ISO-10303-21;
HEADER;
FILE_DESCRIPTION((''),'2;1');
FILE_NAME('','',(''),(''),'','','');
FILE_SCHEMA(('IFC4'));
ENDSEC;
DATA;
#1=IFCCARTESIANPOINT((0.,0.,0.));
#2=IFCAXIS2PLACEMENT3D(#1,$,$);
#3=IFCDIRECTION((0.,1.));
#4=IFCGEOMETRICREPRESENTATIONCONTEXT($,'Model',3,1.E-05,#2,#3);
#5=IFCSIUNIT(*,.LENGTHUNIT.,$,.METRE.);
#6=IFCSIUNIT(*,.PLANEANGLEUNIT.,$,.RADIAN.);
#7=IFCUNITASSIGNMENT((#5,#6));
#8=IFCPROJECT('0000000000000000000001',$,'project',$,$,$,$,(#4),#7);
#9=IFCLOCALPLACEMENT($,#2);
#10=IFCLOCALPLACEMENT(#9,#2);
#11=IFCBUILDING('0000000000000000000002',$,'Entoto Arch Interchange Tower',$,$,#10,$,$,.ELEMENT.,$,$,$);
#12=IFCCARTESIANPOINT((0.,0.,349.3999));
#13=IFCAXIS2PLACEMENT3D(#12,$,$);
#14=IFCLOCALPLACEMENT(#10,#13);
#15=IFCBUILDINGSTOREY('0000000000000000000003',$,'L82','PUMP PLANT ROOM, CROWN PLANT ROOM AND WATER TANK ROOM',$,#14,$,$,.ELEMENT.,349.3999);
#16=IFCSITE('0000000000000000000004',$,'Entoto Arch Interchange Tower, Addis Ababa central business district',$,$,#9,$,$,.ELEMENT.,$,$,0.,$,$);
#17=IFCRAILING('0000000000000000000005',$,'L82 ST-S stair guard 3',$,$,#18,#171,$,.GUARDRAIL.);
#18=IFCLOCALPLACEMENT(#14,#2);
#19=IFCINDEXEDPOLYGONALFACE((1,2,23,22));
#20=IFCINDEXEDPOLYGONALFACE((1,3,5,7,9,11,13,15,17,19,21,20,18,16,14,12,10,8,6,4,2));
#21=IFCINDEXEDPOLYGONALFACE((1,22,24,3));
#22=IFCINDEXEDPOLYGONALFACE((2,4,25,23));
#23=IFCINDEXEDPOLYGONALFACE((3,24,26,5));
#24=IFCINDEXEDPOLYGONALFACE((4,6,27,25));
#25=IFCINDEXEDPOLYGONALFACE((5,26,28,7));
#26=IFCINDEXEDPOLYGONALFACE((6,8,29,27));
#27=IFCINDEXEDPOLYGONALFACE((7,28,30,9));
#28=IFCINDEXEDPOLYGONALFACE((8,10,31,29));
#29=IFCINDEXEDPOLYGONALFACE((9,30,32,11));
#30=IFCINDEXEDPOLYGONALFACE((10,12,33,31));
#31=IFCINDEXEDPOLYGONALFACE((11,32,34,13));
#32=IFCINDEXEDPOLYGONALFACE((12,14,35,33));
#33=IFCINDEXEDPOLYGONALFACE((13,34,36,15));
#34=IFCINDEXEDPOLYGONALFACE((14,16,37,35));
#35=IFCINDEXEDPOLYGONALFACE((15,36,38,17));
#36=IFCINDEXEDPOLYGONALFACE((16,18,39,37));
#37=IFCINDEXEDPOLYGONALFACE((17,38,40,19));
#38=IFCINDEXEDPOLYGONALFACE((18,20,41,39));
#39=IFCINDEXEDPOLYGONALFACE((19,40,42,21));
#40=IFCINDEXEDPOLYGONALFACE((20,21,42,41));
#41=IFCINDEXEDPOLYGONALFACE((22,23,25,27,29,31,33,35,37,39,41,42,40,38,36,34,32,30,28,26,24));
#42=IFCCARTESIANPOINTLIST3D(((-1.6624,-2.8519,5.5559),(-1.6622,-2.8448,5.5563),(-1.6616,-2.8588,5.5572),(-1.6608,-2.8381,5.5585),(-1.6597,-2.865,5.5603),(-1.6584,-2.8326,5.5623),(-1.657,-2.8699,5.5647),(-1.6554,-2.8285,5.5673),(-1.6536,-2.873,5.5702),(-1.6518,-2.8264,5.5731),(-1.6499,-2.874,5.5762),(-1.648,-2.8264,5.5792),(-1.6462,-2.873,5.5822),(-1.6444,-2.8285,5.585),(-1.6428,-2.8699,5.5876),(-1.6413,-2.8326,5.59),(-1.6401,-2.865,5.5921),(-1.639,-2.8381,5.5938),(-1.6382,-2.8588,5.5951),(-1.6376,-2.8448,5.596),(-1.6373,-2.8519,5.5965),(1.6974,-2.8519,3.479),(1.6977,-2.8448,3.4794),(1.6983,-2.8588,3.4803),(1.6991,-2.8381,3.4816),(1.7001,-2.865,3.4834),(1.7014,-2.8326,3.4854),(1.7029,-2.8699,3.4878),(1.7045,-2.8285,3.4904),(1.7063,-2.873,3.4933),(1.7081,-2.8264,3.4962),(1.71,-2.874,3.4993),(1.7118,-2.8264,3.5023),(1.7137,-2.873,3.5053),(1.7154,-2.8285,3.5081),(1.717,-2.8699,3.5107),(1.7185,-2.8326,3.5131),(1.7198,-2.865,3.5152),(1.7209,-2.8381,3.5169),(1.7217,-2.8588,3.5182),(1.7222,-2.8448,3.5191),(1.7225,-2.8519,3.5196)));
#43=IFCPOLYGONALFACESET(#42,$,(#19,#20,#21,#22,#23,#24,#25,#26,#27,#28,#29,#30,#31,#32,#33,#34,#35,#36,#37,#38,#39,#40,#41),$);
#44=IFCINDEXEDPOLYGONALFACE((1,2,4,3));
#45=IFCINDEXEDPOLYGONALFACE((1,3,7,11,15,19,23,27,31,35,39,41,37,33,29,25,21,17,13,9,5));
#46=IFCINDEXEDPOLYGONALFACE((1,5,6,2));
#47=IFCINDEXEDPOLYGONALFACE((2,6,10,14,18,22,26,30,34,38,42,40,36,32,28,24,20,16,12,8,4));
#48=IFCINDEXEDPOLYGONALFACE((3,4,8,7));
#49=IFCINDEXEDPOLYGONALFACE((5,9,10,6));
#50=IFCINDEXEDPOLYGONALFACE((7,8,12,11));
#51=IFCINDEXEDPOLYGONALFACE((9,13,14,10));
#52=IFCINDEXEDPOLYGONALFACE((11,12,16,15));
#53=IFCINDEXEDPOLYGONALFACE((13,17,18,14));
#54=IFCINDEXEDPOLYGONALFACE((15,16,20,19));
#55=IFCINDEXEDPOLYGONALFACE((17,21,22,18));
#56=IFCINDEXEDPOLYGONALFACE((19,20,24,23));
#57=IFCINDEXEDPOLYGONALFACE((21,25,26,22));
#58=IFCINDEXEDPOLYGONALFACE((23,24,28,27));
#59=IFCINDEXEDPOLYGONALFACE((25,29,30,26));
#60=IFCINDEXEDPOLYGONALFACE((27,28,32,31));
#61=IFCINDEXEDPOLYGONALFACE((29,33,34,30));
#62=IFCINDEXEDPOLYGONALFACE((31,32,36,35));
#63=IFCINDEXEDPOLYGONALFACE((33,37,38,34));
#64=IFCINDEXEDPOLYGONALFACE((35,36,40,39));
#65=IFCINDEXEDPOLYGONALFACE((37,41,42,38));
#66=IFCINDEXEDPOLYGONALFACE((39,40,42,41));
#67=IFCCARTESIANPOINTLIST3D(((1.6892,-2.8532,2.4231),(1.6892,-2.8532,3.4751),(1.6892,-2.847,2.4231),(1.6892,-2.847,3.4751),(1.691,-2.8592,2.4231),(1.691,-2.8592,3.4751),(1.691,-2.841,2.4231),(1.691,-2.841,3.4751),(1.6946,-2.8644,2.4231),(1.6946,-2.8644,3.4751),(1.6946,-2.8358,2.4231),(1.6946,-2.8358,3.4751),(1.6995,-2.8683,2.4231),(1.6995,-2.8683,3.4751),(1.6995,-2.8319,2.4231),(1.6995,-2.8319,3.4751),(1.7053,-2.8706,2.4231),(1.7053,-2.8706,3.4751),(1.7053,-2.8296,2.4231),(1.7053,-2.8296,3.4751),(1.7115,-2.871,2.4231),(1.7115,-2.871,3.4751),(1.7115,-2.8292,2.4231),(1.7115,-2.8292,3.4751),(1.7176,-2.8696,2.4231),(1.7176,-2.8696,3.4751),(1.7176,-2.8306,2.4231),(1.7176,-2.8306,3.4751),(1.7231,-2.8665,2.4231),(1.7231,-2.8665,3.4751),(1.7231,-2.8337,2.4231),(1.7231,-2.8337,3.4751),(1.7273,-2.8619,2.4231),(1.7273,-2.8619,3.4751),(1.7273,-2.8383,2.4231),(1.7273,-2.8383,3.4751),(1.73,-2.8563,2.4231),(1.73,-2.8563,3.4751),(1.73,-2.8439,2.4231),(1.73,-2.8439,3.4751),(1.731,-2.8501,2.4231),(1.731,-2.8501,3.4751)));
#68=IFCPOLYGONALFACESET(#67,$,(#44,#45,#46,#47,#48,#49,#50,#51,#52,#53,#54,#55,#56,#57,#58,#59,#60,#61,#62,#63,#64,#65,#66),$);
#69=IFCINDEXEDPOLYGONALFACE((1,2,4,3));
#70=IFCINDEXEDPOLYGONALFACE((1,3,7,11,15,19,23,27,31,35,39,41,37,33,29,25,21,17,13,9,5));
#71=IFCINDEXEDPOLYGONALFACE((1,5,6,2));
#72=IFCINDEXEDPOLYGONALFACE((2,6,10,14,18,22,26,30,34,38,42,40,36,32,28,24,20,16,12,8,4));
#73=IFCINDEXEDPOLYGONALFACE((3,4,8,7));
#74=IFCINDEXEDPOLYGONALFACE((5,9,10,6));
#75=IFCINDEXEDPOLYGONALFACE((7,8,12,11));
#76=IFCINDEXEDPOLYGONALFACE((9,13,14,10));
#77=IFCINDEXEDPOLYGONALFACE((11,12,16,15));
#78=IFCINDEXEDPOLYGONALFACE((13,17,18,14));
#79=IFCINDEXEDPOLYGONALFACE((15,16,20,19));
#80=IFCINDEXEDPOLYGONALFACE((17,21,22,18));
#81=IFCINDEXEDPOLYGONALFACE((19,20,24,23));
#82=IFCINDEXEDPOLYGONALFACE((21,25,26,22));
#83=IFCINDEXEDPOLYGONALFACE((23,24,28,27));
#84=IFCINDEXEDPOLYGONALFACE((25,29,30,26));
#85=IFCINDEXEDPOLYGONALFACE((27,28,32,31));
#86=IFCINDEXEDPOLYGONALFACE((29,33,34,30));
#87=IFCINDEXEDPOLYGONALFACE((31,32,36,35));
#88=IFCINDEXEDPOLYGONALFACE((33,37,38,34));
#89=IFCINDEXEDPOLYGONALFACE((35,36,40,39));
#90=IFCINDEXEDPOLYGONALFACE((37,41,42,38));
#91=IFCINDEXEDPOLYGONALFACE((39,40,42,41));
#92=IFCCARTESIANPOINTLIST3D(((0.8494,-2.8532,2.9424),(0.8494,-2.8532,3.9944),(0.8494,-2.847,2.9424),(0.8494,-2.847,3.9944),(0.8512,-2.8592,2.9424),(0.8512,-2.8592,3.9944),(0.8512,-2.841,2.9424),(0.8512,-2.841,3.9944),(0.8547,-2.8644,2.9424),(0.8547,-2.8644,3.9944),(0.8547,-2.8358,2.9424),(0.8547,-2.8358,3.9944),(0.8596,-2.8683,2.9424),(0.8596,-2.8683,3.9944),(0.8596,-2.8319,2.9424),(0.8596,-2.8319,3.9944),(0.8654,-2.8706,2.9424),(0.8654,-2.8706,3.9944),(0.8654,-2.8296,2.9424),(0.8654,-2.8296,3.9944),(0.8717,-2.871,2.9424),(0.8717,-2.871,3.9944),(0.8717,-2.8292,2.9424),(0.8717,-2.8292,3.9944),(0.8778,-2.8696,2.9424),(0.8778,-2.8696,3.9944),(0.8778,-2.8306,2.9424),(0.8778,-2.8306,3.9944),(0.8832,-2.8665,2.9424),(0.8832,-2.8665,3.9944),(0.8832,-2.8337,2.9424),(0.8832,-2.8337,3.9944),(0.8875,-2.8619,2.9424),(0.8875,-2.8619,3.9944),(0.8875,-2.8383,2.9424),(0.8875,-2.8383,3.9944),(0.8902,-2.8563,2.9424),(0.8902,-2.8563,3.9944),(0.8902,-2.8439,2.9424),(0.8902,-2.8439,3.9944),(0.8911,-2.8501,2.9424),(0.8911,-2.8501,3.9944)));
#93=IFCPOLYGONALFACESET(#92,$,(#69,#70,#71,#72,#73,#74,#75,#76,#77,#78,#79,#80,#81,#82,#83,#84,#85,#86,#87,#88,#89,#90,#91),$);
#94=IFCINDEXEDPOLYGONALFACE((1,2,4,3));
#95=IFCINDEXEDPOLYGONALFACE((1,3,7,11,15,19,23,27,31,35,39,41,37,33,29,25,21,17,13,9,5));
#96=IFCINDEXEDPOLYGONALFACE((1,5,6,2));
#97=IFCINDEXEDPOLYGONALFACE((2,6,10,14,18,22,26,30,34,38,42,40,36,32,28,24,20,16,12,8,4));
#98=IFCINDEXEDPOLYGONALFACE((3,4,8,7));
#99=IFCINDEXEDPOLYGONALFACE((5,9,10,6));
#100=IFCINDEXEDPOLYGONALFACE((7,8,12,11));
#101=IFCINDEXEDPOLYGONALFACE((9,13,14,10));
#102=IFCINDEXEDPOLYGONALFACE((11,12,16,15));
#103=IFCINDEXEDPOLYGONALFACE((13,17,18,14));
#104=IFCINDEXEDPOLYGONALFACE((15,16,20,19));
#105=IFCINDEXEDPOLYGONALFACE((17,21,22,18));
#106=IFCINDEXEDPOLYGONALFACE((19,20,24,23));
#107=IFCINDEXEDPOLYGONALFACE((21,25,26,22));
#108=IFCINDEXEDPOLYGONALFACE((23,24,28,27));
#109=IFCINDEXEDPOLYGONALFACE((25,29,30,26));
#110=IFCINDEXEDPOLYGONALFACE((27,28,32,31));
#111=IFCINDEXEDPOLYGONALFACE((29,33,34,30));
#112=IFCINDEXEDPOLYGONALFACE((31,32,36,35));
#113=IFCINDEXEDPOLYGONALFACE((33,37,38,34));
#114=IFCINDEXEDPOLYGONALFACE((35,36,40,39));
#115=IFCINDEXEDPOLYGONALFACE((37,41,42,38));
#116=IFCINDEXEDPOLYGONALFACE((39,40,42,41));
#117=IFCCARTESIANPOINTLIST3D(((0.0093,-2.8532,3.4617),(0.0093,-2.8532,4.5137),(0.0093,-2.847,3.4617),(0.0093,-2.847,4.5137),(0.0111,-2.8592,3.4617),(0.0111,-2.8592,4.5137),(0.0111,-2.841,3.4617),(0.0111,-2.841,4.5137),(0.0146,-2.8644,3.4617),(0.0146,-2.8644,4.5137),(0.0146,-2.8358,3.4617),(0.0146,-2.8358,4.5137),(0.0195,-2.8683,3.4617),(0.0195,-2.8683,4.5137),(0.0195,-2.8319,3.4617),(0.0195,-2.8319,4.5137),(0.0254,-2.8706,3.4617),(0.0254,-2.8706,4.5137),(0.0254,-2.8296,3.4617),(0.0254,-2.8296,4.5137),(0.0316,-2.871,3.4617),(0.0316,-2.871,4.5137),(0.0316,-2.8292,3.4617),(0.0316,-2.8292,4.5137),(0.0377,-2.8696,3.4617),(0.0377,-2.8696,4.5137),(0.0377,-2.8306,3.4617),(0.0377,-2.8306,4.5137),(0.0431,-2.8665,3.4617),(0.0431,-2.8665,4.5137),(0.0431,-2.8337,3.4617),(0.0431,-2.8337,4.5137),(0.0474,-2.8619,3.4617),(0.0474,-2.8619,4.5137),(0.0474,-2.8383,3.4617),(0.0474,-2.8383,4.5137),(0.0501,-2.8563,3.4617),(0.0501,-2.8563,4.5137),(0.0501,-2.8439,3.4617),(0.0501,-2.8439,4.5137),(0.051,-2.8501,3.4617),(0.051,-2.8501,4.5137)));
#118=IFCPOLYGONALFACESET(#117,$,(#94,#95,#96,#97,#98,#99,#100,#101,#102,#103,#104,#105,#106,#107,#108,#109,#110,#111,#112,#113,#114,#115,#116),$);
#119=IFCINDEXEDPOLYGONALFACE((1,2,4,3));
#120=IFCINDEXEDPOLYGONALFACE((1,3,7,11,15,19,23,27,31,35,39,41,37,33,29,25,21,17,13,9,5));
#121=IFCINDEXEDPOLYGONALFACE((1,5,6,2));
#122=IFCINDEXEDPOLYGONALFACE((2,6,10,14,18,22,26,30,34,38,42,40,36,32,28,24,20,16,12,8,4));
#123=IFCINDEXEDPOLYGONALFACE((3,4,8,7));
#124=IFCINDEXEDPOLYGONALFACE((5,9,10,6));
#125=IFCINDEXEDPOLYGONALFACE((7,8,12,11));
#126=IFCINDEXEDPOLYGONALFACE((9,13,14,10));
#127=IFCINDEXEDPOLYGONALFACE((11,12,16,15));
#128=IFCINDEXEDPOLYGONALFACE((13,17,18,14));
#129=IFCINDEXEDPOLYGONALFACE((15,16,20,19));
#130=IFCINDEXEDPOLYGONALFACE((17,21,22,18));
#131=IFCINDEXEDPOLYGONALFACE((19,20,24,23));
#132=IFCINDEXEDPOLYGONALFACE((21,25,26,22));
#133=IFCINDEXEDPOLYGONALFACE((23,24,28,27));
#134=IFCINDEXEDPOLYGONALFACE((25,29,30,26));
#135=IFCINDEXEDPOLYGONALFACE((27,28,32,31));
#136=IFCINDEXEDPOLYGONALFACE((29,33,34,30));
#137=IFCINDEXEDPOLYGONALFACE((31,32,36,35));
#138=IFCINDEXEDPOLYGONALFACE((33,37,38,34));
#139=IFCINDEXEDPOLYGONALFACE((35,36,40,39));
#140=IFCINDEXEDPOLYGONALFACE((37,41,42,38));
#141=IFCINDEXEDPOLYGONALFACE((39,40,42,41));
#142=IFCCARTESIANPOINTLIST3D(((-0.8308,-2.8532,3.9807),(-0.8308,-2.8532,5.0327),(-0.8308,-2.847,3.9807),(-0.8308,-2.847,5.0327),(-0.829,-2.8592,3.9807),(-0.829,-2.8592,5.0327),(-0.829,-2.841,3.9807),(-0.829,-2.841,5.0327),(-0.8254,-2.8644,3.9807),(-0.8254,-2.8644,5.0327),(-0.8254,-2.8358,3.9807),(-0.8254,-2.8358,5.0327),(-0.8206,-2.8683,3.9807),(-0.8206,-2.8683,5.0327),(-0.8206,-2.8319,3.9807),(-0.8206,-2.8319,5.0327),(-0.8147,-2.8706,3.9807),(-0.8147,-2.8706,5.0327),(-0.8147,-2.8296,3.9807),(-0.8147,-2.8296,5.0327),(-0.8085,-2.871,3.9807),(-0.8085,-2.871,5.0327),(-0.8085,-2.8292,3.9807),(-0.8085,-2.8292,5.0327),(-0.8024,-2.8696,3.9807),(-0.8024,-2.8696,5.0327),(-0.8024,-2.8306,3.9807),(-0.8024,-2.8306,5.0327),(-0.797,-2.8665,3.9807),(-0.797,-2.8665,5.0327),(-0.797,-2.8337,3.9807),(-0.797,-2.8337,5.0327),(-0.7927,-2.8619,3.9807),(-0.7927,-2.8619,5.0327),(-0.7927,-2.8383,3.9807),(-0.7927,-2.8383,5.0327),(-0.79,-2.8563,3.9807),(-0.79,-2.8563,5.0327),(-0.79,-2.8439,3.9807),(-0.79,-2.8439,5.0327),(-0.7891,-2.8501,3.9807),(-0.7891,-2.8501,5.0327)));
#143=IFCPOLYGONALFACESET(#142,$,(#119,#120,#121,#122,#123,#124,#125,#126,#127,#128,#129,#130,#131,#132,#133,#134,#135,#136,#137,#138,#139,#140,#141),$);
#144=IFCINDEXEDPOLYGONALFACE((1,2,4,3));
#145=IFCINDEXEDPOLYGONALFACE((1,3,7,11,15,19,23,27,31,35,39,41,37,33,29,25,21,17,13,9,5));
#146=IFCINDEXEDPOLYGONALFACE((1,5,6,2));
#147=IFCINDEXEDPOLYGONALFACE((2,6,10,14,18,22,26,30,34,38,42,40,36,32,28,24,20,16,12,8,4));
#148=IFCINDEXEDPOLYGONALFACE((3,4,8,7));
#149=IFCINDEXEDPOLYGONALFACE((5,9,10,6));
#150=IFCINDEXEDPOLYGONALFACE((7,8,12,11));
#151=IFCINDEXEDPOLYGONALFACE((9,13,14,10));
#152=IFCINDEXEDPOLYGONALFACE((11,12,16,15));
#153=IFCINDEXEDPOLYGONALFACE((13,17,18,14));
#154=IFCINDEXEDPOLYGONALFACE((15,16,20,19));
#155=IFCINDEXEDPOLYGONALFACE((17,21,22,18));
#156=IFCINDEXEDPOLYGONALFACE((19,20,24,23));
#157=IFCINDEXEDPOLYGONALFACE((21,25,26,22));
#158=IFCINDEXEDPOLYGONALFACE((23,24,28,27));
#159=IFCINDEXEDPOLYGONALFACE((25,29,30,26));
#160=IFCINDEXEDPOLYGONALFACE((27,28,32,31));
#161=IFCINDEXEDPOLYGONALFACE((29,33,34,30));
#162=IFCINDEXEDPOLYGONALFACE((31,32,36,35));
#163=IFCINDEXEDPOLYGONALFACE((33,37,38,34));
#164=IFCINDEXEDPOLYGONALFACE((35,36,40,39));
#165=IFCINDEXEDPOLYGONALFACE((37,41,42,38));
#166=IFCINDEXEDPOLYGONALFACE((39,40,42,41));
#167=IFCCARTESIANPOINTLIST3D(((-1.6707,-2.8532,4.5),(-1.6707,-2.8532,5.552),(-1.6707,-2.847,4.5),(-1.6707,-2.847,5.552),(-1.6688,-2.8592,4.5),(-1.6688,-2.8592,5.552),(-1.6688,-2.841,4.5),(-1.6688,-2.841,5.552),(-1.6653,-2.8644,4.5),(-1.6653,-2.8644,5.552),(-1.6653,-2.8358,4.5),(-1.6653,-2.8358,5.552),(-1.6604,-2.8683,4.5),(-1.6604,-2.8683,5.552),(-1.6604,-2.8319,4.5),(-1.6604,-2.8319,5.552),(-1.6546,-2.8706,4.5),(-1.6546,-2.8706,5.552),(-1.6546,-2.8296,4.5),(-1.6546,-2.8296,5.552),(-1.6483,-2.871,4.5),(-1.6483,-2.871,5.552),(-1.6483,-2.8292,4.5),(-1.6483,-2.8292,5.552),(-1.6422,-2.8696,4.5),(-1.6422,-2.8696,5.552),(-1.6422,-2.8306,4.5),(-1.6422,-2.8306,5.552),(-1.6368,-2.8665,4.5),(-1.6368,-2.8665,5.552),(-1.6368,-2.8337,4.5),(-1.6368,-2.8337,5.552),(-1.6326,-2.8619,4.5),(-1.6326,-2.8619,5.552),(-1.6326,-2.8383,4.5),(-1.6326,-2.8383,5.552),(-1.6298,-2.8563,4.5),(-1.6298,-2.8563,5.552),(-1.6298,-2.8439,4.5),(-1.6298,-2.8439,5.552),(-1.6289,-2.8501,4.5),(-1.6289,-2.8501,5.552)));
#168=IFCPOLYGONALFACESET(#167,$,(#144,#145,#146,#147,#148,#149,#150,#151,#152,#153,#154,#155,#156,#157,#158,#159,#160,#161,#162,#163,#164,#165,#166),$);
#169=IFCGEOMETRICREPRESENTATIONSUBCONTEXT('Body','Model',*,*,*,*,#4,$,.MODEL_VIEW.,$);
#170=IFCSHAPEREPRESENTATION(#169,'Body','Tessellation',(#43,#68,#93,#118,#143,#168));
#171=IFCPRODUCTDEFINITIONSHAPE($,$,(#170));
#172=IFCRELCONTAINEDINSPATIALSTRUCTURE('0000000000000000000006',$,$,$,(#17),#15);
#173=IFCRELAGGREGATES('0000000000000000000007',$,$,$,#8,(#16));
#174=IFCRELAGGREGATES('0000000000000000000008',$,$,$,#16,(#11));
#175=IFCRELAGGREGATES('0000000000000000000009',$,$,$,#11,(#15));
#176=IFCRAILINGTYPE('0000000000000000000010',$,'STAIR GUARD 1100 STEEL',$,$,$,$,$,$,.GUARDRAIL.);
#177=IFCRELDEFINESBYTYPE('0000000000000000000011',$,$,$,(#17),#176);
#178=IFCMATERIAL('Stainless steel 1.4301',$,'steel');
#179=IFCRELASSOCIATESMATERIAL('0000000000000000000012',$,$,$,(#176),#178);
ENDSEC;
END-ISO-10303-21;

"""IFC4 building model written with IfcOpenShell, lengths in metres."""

from ifc_helpers import new_model, si_unit, direction, frame, origin, origin_2d, place, context, subcontext, project, spatial, circle, extrude, material, type_object, element, save


model = new_model("IFC4")

# Units and contexts
model_context = context("Model", 3, precision=1e-05, world=origin(), true_north=direction((0.0, 1.0)))
body_context = subcontext(model_context, "Body", "Model", "MODEL_VIEW")
ifc_project = project(units=[si_unit("LENGTHUNIT", "METRE"), si_unit("PLANEANGLEUNIT", "RADIAN")], contexts=[model_context])

# Site, building, storey
site_placement = place(None, origin())
site = spatial("IfcSite", under=ifc_project, at=site_placement, Name="Entoto Arch Interchange Tower, Addis Ababa central business district", CompositionType="ELEMENT", RefElevation=0.0)
building_placement = place(site_placement, origin())
building = spatial("IfcBuilding", under=site, at=building_placement, Name="Entoto Arch Interchange Tower", CompositionType="ELEMENT")
storey_placement = place(building_placement, frame((0.0, 0.0, 349.3999)))
storey = spatial("IfcBuildingStorey", under=building, at=storey_placement, Name="L82", Description="PUMP PLANT ROOM, CROWN PLANT ROOM AND WATER TANK ROOM", CompositionType="ELEMENT", Elevation=349.3999)

# Railing
ifc_material_1 = material(Name="Stainless steel 1.4301", Category="steel")
railing_type_1 = type_object("IfcRailingType", Name="STAIR GUARD 1100 STEEL", PredefinedType="GUARDRAIL", material=ifc_material_1)
railing_1_placement = place(storey_placement, frame((1.71, -2.8501, 2.4231)))
element("IfcRailing", 1, at=railing_1_placement, inside=storey, type_object=railing_type_1, Name="L82 ST-S stair guard 3", PredefinedType="GUARDRAIL", context=body_context, shape_type="SweptSolid", body=[
    extrude(circle(Radius=0.0239, at=origin_2d()), frame((0.0, 0.0, 1.0762), z_axis=(-0.850606, 0.0, 0.525803), x_axis=(0.0, -1.0, 0.0)), (0.0, 0.0, 1.0), 3.95),
    extrude(circle(Radius=0.021, at=origin_2d()), origin(), (0.0, 0.0, 1.0), 1.052),
    extrude(circle(Radius=0.021, at=origin_2d()), frame((-0.8398, 0.0, 0.5193)), (0.0, 0.0, 1.0), 1.052),
    extrude(circle(Radius=0.021, at=origin_2d()), frame((-1.6799, 0.0, 1.0386)), (0.0, 0.0, 1.0), 1.052),
    extrude(circle(Radius=0.021, at=origin_2d()), frame((-2.52, 0.0, 1.5576)), (0.0, 0.0, 1.0), 1.052),
    extrude(circle(Radius=0.021, at=origin_2d()), frame((-3.3599, 0.0, 2.0769)), (0.0, 0.0, 1.0), 1.052),
])

save(model, "model.ifc")
